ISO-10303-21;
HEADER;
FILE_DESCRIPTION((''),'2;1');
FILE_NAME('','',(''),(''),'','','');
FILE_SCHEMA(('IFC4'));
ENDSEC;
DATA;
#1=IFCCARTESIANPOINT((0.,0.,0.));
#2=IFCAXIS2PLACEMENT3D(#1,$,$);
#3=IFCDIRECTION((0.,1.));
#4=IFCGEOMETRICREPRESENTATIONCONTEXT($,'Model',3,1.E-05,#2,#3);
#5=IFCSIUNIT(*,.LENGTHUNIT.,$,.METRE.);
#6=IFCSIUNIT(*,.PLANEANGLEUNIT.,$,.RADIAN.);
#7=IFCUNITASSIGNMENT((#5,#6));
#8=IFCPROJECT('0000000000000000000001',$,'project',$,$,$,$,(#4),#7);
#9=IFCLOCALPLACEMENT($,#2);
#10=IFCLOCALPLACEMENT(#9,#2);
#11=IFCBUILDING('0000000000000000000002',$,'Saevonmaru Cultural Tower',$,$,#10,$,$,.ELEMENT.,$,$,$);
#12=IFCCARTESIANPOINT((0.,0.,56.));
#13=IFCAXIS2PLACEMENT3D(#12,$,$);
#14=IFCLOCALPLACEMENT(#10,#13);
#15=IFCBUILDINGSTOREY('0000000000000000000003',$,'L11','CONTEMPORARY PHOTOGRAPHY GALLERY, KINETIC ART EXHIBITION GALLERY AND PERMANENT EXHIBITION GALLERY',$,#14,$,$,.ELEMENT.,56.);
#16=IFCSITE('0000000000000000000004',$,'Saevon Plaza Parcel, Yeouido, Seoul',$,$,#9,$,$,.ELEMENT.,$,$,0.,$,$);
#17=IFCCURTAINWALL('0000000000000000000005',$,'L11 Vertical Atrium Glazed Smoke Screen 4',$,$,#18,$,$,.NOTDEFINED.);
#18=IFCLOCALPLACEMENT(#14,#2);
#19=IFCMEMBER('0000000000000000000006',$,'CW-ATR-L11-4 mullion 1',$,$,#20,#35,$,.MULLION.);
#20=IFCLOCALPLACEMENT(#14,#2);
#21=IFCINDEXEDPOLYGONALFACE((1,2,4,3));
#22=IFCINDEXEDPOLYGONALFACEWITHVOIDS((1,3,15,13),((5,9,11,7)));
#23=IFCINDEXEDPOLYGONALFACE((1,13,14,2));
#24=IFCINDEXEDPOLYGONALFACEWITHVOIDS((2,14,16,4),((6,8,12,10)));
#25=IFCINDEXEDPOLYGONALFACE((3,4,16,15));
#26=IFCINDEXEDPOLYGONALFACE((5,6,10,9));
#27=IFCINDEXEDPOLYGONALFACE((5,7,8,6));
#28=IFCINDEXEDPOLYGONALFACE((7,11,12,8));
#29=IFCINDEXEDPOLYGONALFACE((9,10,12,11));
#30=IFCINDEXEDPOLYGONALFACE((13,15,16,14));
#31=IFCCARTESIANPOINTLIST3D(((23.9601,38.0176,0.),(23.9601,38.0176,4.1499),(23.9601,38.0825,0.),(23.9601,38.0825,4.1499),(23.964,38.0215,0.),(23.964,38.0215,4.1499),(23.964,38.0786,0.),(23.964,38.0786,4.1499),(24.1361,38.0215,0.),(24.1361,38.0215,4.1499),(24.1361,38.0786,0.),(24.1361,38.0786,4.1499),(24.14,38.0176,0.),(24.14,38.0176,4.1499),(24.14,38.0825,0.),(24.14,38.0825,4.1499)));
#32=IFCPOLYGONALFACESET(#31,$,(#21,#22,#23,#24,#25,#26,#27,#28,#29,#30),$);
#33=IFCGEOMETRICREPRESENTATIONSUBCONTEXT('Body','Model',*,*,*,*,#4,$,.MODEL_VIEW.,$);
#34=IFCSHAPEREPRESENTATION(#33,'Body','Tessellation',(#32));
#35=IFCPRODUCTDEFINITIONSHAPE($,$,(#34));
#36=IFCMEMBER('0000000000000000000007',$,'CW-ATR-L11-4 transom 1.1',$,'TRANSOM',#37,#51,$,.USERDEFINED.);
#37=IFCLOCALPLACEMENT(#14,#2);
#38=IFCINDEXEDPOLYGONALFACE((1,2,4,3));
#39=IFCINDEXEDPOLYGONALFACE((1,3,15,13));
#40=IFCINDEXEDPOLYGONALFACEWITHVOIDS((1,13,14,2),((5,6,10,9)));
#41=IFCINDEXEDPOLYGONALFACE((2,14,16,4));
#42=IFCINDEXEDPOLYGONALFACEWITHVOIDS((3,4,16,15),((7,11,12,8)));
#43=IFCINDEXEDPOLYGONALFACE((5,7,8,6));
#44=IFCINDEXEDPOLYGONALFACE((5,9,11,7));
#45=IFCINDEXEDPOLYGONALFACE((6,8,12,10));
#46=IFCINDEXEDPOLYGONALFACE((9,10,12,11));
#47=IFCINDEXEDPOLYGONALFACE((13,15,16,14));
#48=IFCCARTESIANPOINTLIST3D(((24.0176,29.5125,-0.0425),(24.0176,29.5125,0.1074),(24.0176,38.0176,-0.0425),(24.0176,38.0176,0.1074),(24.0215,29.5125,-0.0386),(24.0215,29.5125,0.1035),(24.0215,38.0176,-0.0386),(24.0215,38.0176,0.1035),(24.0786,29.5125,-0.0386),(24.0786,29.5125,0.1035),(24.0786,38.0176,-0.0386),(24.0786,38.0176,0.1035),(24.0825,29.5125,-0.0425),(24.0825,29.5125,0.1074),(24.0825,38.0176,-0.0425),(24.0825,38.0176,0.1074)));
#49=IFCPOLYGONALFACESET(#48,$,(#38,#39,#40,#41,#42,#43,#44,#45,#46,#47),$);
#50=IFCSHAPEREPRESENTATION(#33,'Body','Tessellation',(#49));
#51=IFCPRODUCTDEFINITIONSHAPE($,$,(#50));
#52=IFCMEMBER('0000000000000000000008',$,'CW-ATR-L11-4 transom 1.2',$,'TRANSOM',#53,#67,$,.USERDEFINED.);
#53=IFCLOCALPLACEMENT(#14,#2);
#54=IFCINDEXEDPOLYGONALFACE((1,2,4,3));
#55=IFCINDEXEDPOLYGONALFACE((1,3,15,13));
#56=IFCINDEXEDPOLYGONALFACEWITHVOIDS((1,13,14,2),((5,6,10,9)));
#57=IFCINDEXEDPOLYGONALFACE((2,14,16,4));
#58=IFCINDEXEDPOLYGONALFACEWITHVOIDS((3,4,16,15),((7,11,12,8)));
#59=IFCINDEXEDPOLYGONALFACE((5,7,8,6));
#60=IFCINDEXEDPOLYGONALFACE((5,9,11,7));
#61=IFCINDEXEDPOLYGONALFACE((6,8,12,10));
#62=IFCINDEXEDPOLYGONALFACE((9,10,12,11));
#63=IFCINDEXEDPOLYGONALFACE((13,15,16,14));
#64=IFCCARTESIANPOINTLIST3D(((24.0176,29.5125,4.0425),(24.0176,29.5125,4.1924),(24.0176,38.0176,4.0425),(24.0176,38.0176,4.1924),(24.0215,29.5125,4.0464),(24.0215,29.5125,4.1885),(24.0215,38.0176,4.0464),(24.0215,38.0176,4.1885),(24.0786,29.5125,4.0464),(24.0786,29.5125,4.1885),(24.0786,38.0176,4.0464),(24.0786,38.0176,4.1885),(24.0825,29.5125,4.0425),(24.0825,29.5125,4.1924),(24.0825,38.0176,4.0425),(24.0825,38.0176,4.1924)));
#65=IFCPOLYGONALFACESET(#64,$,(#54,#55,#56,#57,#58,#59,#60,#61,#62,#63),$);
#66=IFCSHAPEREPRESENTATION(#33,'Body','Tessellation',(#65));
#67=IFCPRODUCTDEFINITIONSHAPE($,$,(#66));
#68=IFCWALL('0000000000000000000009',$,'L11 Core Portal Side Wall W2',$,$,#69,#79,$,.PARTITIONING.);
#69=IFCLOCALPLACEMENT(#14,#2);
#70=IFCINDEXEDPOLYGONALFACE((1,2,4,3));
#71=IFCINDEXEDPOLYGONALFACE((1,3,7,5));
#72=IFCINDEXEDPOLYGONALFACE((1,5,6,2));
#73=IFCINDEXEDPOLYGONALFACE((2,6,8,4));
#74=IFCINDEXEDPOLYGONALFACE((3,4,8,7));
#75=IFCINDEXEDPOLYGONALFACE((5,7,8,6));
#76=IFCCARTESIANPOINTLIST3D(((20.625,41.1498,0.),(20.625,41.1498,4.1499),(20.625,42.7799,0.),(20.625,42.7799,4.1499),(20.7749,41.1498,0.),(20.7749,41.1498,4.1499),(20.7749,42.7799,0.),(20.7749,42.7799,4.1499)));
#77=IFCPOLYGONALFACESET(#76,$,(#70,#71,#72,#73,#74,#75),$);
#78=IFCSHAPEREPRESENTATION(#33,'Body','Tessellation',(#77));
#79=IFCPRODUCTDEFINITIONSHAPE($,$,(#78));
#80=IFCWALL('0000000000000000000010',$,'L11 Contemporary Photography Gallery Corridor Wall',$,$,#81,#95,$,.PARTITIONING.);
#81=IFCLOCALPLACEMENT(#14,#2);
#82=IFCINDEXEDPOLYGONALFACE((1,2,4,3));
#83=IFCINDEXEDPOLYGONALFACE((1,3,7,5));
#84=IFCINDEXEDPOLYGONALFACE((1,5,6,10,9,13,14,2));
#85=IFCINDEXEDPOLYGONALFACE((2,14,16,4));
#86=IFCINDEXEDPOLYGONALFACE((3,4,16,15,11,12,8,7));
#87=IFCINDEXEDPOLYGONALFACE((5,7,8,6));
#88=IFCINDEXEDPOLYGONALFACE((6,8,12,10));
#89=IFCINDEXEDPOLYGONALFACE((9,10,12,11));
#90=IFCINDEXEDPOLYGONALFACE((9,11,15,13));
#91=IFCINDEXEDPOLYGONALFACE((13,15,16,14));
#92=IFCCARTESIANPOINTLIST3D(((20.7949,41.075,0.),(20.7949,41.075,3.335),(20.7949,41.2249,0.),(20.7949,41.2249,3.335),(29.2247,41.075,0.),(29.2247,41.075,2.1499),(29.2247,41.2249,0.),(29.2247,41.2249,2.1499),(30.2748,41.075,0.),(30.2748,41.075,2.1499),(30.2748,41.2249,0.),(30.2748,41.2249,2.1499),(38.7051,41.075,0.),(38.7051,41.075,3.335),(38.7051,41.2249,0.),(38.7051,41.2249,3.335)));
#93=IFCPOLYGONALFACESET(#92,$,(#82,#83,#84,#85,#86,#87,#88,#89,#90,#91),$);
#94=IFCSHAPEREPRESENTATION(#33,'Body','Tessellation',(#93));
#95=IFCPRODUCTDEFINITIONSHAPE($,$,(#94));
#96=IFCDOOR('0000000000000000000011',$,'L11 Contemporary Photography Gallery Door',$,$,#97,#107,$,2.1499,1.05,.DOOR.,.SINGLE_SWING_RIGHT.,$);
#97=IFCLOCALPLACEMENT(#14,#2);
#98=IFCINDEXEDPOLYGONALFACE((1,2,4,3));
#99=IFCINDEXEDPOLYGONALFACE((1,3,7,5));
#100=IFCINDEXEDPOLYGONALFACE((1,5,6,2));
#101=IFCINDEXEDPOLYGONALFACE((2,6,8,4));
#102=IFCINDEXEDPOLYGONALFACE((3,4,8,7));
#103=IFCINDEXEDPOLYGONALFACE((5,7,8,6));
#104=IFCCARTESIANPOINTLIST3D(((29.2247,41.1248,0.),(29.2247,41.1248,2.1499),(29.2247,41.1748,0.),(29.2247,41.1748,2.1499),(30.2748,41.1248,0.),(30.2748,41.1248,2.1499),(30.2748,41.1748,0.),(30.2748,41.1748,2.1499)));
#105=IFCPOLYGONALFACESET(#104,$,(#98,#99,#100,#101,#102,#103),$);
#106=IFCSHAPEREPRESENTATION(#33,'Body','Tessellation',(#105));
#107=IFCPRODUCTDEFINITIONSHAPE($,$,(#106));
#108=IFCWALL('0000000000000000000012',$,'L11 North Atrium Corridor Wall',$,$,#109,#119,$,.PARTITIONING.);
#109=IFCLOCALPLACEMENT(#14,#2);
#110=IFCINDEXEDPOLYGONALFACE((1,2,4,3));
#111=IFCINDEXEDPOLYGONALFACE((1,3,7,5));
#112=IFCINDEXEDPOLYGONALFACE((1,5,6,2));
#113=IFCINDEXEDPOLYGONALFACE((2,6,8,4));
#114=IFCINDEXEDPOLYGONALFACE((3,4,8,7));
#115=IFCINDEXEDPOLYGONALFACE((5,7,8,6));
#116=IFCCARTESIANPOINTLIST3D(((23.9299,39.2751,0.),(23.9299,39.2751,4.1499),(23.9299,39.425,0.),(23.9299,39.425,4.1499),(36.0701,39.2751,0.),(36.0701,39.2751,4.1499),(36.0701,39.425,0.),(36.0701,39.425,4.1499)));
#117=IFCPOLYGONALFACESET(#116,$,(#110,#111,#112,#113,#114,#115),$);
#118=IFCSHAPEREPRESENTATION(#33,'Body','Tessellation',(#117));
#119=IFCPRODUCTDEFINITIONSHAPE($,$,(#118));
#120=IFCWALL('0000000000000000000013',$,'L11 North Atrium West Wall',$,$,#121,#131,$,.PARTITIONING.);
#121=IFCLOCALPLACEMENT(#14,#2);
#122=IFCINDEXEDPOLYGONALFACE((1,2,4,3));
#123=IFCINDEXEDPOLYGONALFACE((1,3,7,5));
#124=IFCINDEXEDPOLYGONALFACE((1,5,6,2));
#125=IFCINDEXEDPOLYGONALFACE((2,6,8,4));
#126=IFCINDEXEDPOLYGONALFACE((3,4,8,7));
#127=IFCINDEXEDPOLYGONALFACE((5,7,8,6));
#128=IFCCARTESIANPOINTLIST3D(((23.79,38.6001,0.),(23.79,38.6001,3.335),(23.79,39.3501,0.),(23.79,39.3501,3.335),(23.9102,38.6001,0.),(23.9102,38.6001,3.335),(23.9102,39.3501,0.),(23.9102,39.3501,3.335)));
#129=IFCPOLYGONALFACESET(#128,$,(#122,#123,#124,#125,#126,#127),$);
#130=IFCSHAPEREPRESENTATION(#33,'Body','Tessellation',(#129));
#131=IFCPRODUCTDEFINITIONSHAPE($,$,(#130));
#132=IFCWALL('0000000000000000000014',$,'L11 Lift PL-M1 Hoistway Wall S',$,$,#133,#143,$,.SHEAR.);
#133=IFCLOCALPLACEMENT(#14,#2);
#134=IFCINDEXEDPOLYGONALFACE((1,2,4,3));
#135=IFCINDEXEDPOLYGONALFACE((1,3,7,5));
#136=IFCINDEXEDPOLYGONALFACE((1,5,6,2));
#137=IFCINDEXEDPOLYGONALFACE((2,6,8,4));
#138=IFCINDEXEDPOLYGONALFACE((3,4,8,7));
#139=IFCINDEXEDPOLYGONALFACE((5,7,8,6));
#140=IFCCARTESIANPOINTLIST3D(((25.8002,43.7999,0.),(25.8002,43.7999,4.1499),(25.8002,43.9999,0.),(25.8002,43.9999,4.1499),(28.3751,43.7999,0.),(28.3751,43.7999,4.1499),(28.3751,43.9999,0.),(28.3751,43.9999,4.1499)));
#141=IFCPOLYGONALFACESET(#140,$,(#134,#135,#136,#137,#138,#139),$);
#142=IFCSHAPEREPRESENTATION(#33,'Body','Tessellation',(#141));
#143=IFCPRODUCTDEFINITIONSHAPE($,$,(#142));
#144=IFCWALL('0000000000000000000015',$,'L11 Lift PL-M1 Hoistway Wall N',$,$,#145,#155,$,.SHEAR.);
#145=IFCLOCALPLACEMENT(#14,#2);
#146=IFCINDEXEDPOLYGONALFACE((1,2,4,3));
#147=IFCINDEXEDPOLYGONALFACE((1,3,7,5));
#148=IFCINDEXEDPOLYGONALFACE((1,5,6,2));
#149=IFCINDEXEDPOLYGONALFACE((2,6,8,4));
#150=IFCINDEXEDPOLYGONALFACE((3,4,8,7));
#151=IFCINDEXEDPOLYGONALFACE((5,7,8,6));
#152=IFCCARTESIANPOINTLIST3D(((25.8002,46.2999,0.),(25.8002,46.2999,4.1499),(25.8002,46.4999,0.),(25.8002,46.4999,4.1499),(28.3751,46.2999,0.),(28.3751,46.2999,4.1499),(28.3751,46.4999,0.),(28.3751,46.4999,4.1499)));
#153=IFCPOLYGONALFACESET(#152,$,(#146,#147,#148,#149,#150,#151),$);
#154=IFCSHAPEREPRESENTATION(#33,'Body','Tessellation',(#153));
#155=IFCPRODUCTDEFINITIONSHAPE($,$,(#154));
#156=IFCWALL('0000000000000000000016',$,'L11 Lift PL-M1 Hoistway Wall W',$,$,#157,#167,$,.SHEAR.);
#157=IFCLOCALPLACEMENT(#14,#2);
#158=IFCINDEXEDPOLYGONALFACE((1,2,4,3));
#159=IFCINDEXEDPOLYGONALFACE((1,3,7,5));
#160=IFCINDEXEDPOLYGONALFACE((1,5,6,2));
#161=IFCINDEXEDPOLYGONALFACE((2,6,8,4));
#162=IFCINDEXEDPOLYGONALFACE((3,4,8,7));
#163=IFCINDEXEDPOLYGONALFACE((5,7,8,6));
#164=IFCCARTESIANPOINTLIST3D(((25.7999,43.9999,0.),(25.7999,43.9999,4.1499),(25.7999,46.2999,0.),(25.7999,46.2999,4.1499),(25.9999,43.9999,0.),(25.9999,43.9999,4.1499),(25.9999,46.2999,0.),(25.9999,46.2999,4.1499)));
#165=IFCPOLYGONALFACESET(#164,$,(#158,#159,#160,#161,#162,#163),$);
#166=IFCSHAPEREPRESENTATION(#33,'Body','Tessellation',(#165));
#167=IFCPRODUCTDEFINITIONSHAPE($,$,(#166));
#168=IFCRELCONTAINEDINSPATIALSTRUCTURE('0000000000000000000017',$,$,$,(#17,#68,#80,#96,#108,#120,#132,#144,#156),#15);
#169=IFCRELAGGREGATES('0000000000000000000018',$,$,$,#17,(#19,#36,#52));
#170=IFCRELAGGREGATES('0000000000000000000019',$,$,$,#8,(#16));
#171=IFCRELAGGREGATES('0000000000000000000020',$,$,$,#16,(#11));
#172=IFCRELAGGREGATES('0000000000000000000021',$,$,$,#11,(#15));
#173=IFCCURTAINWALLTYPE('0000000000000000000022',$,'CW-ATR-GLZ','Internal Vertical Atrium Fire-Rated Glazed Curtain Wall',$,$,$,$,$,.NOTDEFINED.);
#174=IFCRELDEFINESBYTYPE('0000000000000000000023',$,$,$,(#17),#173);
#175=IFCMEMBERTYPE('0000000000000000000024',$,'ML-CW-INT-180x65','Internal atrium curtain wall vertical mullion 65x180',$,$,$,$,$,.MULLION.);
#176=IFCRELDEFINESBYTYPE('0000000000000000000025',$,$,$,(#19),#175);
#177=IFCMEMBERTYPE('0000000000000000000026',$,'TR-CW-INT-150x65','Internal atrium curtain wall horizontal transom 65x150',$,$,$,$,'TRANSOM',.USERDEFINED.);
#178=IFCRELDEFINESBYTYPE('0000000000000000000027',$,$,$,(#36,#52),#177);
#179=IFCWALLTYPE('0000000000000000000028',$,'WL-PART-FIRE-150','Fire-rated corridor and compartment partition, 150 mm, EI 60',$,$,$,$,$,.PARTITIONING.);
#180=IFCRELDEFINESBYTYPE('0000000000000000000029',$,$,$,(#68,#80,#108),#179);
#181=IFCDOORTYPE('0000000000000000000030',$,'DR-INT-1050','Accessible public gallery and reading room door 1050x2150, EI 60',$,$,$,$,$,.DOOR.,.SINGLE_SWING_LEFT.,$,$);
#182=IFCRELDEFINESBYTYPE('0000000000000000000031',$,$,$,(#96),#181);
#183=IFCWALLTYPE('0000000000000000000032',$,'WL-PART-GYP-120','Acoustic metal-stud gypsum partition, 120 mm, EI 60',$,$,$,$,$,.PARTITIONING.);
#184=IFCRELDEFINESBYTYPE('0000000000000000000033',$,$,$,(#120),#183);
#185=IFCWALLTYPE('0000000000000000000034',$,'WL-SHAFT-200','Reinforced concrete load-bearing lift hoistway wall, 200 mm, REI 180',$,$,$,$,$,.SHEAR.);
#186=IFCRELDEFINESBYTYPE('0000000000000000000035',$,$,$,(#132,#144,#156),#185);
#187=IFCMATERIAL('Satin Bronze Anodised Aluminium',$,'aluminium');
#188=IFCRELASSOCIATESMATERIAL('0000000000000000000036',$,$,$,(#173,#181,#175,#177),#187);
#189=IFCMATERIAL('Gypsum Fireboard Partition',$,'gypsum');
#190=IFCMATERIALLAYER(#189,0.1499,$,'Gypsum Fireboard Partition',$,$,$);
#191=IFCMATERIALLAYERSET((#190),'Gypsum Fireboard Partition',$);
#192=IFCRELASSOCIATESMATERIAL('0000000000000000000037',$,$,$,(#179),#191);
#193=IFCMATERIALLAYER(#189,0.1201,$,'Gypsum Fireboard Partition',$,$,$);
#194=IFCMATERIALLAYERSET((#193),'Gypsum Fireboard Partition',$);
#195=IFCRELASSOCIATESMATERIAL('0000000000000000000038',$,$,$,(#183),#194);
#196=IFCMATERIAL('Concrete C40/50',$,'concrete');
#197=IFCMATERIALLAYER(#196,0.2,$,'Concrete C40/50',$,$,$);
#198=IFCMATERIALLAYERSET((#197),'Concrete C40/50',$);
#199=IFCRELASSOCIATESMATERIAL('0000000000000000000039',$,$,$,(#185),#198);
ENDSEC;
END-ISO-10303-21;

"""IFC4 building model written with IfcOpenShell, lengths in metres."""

from ifc_helpers import new_model, si_unit, direction, frame, frame_2d, origin, origin_2d, place, context, subcontext, project, spatial, rectangle, hollow_rectangle, extrude, material, layer, layer_set, material_profile, profile_set, type_object, element, fill, aggregate, save


model = new_model("IFC4")

# Units and contexts
model_context = context("Model", 3, precision=1e-05, world=origin(), true_north=direction((0.0, 1.0)))
body_context = subcontext(model_context, "Body", "Model", "MODEL_VIEW")
ifc_project = project(units=[si_unit("LENGTHUNIT", "METRE"), si_unit("PLANEANGLEUNIT", "RADIAN")], contexts=[model_context])

# Site, building, storey
site_placement = place(None, origin())
site = spatial("IfcSite", under=ifc_project, at=site_placement, Name="Saevon Plaza Parcel, Yeouido, Seoul", CompositionType="ELEMENT", RefElevation=0.0)
building_placement = place(site_placement, origin())
building = spatial("IfcBuilding", under=site, at=building_placement, Name="Saevonmaru Cultural Tower", CompositionType="ELEMENT")
storey_placement = place(building_placement, frame((0.0, 0.0, 56.0)))
storey = spatial("IfcBuildingStorey", under=building, at=storey_placement, Name="L11", Description="CONTEMPORARY PHOTOGRAPHY GALLERY, KINETIC ART EXHIBITION GALLERY AND PERMANENT EXHIBITION GALLERY", CompositionType="ELEMENT", Elevation=56.0)

# Shared definitions
ifc_material_1 = material(Name="Satin Bronze Anodised Aluminium", Category="aluminium")
curtain_wall_type = type_object("IfcCurtainWallType", Name="CW-ATR-GLZ", Description="Internal Vertical Atrium Fire-Rated Glazed Curtain Wall", PredefinedType="NOTDEFINED", material=ifc_material_1)
ifc_material_profile_1 = material_profile(ifc_material_1, hollow_rectangle(XDim=0.0649, YDim=0.1799, WallThickness=0.0039, at=origin_2d()), Name="ALU-MULL-180x65x4")
ifc_profile_set_1 = profile_set([ifc_material_profile_1], Name="Satin Bronze Anodised Aluminium")
member_type_1 = type_object("IfcMemberType", Name="ML-CW-INT-180x65", Description="Internal atrium curtain wall vertical mullion 65x180", PredefinedType="MULLION", material=ifc_profile_set_1)

# Curtain wall, members
curtain_wall_1_placement = place(storey_placement, origin())
curtain_wall_1 = element("IfcCurtainWall", 1, at=curtain_wall_1_placement, inside=storey, type_object=curtain_wall_type, Name="L11 Vertical Atrium Glazed Smoke Screen 4", PredefinedType="NOTDEFINED")
member_1_placement = place(storey_placement, frame((24.05, 38.05, 0.0), z_axis=(0.0, 0.0, 1.0), x_axis=(0.0, -1.0, 0.0)))
member_1 = element("IfcMember", 2, at=member_1_placement, type_object=member_type_1, Name="CW-ATR-L11-4 mullion 1", PredefinedType="MULLION", context=body_context, shape_type="SweptSolid", body=[
    extrude(hollow_rectangle(XDim=0.0649, YDim=0.1799, WallThickness=0.0039, at=origin_2d()), origin(), (0.0, 0.0, 1.0), 4.1499),
])
ifc_material_profile_2 = material_profile(ifc_material_1, hollow_rectangle(XDim=0.0649, YDim=0.1499, WallThickness=0.0039, at=origin_2d()), Name="ALU-TRAN-150x65x4")
ifc_profile_set_2 = profile_set([ifc_material_profile_2], Name="Satin Bronze Anodised Aluminium")
member_type_2 = type_object("IfcMemberType", Name="TR-CW-INT-150x65", Description="Internal atrium curtain wall horizontal transom 65x150", ElementType="TRANSOM", PredefinedType="USERDEFINED", material=ifc_profile_set_2)
member_2_placement = place(storey_placement, frame((24.05, 38.0176, 0.0325), z_axis=(0.0, -1.0, 0.0), x_axis=(1.0, 0.0, 0.0)))
member_2 = element("IfcMember", 3, at=member_2_placement, type_object=member_type_2, Name="CW-ATR-L11-4 transom 1.1", ObjectType="TRANSOM", PredefinedType="USERDEFINED", context=body_context, shape_type="SweptSolid", body=[
    extrude(hollow_rectangle(XDim=0.0649, YDim=0.1499, WallThickness=0.0039, at=origin_2d()), origin(), (0.0, 0.0, 1.0), 8.5051),
])
member_3_placement = place(storey_placement, frame((24.05, 38.0176, 4.1174), z_axis=(0.0, -1.0, 0.0), x_axis=(1.0, 0.0, 0.0)))
member_3 = element("IfcMember", 4, at=member_3_placement, type_object=member_type_2, Name="CW-ATR-L11-4 transom 1.2", ObjectType="TRANSOM", PredefinedType="USERDEFINED", context=body_context, shape_type="SweptSolid", body=[
    extrude(hollow_rectangle(XDim=0.0649, YDim=0.1499, WallThickness=0.0039, at=origin_2d()), origin(), (0.0, 0.0, 1.0), 8.5051),
])
aggregate(curtain_wall_1, [member_1, member_2, member_3])

# Shared definitions
ifc_material_2 = material(Name="Gypsum Fireboard Partition", Category="gypsum")

# Wall
ifc_layer_1 = layer(ifc_material_2, 0.1499, Name="Gypsum Fireboard Partition")
ifc_layer_set_1 = layer_set([ifc_layer_1], Name="Gypsum Fireboard Partition")
wall_type_1 = type_object("IfcWallType", Name="WL-PART-FIRE-150", Description="Fire-rated corridor and compartment partition, 150 mm, EI 60", PredefinedType="PARTITIONING", material=ifc_layer_set_1)
wall_1_placement = place(storey_placement, frame((20.7, 41.1499, 0.0), z_axis=(0.0, 0.0, 1.0), x_axis=(0.0, 1.0, 0.0)))
element("IfcWall", 5, at=wall_1_placement, inside=storey, type_object=wall_type_1, Name="L11 Core Portal Side Wall W2", PredefinedType="PARTITIONING", context=body_context, shape_type="SweptSolid", body=[
    extrude(rectangle(XDim=1.6301, YDim=0.1499, at=frame_2d((0.8149, 0.0))), origin(), (0.0, 0.0, 1.0), 4.1499),
])

# Wall, opening, door
wall_2_placement = place(storey_placement, frame((20.7949, 41.1499, 0.0), z_axis=(0.0, 0.0, 1.0), x_axis=(1.0, 0.0, 0.0)))
wall_2 = element("IfcWall", 6, at=wall_2_placement, inside=storey, type_object=wall_type_1, Name="L11 Contemporary Photography Gallery Corridor Wall", PredefinedType="PARTITIONING", context=body_context, shape_type="SweptSolid", body=[
    extrude(rectangle(XDim=17.9102, YDim=0.1499, at=frame_2d((8.9551, 0.0))), origin(), (0.0, 0.0, 1.0), 3.335),
])
opening_1_placement = place(wall_2_placement, frame((8.4299, 0.0, 0.0)))
opening_1 = element("IfcOpeningElement", 7, at=opening_1_placement, cuts=wall_2, PredefinedType="OPENING", context=body_context, shape_type="SweptSolid", body=[
    extrude(rectangle(XDim=1.05, YDim=2.1499, at=frame_2d((0.5249, 1.075))), frame((0.0, 0.085, 0.0), z_axis=(0.0, -1.0, 0.0), x_axis=(1.0, 0.0, 0.0)), (0.0, 0.0, 1.0), 0.1699),
])
door_type_1 = type_object("IfcDoorType", Name="DR-INT-1050", Description="Accessible public gallery and reading room door 1050x2150, EI 60", OperationType="SINGLE_SWING_LEFT", PredefinedType="DOOR", material=ifc_material_1)
door_1_placement = place(opening_1_placement, origin())
door_1 = element("IfcDoor", 8, at=door_1_placement, inside=storey, type_object=door_type_1, Name="L11 Contemporary Photography Gallery Door", OperationType="SINGLE_SWING_RIGHT", OverallHeight=2.1499, OverallWidth=1.05, PredefinedType="DOOR", context=body_context, shape_type="SweptSolid", body=[
    extrude(rectangle(XDim=1.05, YDim=2.1499, at=frame_2d((0.5249, 1.075))), frame((0.0, 0.0249, 0.0), z_axis=(0.0, -1.0, 0.0), x_axis=(1.0, 0.0, 0.0)), (0.0, 0.0, 1.0), 0.05),
])
fill(opening_1, door_1)

# Walls
wall_3_placement = place(storey_placement, frame((23.9299, 39.3501, 0.0), z_axis=(0.0, 0.0, 1.0), x_axis=(1.0, 0.0, 0.0)))
element("IfcWall", 9, at=wall_3_placement, inside=storey, type_object=wall_type_1, Name="L11 North Atrium Corridor Wall", PredefinedType="PARTITIONING", context=body_context, shape_type="SweptSolid", body=[
    extrude(rectangle(XDim=12.1401, YDim=0.1499, at=frame_2d((6.0701, 0.0))), origin(), (0.0, 0.0, 1.0), 4.1499),
])
ifc_layer_2 = layer(ifc_material_2, 0.1201, Name="Gypsum Fireboard Partition")
ifc_layer_set_2 = layer_set([ifc_layer_2], Name="Gypsum Fireboard Partition")
wall_type_2 = type_object("IfcWallType", Name="WL-PART-GYP-120", Description="Acoustic metal-stud gypsum partition, 120 mm, EI 60", PredefinedType="PARTITIONING", material=ifc_layer_set_2)
wall_4_placement = place(storey_placement, frame((23.8501, 38.6001, 0.0), z_axis=(0.0, 0.0, 1.0), x_axis=(0.0, 1.0, 0.0)))
element("IfcWall", 10, at=wall_4_placement, inside=storey, type_object=wall_type_2, Name="L11 North Atrium West Wall", PredefinedType="PARTITIONING", context=body_context, shape_type="SweptSolid", body=[
    extrude(rectangle(XDim=0.75, YDim=0.1201, at=frame_2d((0.375, 0.0))), origin(), (0.0, 0.0, 1.0), 3.335),
])
ifc_material_3 = material(Name="Concrete C40/50", Category="concrete")
ifc_layer_3 = layer(ifc_material_3, 0.2, Name="Concrete C40/50")
ifc_layer_set_3 = layer_set([ifc_layer_3], Name="Concrete C40/50")
wall_type_3 = type_object("IfcWallType", Name="WL-SHAFT-200", Description="Reinforced concrete load-bearing lift hoistway wall, 200 mm, REI 180", PredefinedType="SHEAR", material=ifc_layer_set_3)
for number, where, z_axis, x_axis, name in (
    (11, (25.8, 43.8999, 0.0), (0.0, 0.0, 1.0), (1.0, 0.0, 0.0), "L11 Lift PL-M1 Hoistway Wall S"),
    (12, (25.8, 46.3999, 0.0), (0.0, 0.0, 1.0), (1.0, 0.0, 0.0), "L11 Lift PL-M1 Hoistway Wall N"),
):
    element("IfcWall", number, at=place(storey_placement, frame(where, z_axis=z_axis, x_axis=x_axis)), inside=storey, type_object=wall_type_3, Name=name, PredefinedType="SHEAR", context=body_context, shape_type="SweptSolid", body=[
        extrude(rectangle(XDim=2.575, YDim=0.2, at=frame_2d((1.2876, 0.0))), origin(), (0.0, 0.0, 1.0), 4.1499),
    ])
wall_5_placement = place(storey_placement, frame((25.8999, 44.0, 0.0), z_axis=(0.0, 0.0, 1.0), x_axis=(0.0, 1.0, 0.0)))
element("IfcWall", 13, at=wall_5_placement, inside=storey, type_object=wall_type_3, Name="L11 Lift PL-M1 Hoistway Wall W", PredefinedType="SHEAR", context=body_context, shape_type="SweptSolid", body=[
    extrude(rectangle(XDim=2.3, YDim=0.2, at=frame_2d((1.1499, 0.0))), origin(), (0.0, 0.0, 1.0), 4.1499),
])

save(model, "model.ifc")
